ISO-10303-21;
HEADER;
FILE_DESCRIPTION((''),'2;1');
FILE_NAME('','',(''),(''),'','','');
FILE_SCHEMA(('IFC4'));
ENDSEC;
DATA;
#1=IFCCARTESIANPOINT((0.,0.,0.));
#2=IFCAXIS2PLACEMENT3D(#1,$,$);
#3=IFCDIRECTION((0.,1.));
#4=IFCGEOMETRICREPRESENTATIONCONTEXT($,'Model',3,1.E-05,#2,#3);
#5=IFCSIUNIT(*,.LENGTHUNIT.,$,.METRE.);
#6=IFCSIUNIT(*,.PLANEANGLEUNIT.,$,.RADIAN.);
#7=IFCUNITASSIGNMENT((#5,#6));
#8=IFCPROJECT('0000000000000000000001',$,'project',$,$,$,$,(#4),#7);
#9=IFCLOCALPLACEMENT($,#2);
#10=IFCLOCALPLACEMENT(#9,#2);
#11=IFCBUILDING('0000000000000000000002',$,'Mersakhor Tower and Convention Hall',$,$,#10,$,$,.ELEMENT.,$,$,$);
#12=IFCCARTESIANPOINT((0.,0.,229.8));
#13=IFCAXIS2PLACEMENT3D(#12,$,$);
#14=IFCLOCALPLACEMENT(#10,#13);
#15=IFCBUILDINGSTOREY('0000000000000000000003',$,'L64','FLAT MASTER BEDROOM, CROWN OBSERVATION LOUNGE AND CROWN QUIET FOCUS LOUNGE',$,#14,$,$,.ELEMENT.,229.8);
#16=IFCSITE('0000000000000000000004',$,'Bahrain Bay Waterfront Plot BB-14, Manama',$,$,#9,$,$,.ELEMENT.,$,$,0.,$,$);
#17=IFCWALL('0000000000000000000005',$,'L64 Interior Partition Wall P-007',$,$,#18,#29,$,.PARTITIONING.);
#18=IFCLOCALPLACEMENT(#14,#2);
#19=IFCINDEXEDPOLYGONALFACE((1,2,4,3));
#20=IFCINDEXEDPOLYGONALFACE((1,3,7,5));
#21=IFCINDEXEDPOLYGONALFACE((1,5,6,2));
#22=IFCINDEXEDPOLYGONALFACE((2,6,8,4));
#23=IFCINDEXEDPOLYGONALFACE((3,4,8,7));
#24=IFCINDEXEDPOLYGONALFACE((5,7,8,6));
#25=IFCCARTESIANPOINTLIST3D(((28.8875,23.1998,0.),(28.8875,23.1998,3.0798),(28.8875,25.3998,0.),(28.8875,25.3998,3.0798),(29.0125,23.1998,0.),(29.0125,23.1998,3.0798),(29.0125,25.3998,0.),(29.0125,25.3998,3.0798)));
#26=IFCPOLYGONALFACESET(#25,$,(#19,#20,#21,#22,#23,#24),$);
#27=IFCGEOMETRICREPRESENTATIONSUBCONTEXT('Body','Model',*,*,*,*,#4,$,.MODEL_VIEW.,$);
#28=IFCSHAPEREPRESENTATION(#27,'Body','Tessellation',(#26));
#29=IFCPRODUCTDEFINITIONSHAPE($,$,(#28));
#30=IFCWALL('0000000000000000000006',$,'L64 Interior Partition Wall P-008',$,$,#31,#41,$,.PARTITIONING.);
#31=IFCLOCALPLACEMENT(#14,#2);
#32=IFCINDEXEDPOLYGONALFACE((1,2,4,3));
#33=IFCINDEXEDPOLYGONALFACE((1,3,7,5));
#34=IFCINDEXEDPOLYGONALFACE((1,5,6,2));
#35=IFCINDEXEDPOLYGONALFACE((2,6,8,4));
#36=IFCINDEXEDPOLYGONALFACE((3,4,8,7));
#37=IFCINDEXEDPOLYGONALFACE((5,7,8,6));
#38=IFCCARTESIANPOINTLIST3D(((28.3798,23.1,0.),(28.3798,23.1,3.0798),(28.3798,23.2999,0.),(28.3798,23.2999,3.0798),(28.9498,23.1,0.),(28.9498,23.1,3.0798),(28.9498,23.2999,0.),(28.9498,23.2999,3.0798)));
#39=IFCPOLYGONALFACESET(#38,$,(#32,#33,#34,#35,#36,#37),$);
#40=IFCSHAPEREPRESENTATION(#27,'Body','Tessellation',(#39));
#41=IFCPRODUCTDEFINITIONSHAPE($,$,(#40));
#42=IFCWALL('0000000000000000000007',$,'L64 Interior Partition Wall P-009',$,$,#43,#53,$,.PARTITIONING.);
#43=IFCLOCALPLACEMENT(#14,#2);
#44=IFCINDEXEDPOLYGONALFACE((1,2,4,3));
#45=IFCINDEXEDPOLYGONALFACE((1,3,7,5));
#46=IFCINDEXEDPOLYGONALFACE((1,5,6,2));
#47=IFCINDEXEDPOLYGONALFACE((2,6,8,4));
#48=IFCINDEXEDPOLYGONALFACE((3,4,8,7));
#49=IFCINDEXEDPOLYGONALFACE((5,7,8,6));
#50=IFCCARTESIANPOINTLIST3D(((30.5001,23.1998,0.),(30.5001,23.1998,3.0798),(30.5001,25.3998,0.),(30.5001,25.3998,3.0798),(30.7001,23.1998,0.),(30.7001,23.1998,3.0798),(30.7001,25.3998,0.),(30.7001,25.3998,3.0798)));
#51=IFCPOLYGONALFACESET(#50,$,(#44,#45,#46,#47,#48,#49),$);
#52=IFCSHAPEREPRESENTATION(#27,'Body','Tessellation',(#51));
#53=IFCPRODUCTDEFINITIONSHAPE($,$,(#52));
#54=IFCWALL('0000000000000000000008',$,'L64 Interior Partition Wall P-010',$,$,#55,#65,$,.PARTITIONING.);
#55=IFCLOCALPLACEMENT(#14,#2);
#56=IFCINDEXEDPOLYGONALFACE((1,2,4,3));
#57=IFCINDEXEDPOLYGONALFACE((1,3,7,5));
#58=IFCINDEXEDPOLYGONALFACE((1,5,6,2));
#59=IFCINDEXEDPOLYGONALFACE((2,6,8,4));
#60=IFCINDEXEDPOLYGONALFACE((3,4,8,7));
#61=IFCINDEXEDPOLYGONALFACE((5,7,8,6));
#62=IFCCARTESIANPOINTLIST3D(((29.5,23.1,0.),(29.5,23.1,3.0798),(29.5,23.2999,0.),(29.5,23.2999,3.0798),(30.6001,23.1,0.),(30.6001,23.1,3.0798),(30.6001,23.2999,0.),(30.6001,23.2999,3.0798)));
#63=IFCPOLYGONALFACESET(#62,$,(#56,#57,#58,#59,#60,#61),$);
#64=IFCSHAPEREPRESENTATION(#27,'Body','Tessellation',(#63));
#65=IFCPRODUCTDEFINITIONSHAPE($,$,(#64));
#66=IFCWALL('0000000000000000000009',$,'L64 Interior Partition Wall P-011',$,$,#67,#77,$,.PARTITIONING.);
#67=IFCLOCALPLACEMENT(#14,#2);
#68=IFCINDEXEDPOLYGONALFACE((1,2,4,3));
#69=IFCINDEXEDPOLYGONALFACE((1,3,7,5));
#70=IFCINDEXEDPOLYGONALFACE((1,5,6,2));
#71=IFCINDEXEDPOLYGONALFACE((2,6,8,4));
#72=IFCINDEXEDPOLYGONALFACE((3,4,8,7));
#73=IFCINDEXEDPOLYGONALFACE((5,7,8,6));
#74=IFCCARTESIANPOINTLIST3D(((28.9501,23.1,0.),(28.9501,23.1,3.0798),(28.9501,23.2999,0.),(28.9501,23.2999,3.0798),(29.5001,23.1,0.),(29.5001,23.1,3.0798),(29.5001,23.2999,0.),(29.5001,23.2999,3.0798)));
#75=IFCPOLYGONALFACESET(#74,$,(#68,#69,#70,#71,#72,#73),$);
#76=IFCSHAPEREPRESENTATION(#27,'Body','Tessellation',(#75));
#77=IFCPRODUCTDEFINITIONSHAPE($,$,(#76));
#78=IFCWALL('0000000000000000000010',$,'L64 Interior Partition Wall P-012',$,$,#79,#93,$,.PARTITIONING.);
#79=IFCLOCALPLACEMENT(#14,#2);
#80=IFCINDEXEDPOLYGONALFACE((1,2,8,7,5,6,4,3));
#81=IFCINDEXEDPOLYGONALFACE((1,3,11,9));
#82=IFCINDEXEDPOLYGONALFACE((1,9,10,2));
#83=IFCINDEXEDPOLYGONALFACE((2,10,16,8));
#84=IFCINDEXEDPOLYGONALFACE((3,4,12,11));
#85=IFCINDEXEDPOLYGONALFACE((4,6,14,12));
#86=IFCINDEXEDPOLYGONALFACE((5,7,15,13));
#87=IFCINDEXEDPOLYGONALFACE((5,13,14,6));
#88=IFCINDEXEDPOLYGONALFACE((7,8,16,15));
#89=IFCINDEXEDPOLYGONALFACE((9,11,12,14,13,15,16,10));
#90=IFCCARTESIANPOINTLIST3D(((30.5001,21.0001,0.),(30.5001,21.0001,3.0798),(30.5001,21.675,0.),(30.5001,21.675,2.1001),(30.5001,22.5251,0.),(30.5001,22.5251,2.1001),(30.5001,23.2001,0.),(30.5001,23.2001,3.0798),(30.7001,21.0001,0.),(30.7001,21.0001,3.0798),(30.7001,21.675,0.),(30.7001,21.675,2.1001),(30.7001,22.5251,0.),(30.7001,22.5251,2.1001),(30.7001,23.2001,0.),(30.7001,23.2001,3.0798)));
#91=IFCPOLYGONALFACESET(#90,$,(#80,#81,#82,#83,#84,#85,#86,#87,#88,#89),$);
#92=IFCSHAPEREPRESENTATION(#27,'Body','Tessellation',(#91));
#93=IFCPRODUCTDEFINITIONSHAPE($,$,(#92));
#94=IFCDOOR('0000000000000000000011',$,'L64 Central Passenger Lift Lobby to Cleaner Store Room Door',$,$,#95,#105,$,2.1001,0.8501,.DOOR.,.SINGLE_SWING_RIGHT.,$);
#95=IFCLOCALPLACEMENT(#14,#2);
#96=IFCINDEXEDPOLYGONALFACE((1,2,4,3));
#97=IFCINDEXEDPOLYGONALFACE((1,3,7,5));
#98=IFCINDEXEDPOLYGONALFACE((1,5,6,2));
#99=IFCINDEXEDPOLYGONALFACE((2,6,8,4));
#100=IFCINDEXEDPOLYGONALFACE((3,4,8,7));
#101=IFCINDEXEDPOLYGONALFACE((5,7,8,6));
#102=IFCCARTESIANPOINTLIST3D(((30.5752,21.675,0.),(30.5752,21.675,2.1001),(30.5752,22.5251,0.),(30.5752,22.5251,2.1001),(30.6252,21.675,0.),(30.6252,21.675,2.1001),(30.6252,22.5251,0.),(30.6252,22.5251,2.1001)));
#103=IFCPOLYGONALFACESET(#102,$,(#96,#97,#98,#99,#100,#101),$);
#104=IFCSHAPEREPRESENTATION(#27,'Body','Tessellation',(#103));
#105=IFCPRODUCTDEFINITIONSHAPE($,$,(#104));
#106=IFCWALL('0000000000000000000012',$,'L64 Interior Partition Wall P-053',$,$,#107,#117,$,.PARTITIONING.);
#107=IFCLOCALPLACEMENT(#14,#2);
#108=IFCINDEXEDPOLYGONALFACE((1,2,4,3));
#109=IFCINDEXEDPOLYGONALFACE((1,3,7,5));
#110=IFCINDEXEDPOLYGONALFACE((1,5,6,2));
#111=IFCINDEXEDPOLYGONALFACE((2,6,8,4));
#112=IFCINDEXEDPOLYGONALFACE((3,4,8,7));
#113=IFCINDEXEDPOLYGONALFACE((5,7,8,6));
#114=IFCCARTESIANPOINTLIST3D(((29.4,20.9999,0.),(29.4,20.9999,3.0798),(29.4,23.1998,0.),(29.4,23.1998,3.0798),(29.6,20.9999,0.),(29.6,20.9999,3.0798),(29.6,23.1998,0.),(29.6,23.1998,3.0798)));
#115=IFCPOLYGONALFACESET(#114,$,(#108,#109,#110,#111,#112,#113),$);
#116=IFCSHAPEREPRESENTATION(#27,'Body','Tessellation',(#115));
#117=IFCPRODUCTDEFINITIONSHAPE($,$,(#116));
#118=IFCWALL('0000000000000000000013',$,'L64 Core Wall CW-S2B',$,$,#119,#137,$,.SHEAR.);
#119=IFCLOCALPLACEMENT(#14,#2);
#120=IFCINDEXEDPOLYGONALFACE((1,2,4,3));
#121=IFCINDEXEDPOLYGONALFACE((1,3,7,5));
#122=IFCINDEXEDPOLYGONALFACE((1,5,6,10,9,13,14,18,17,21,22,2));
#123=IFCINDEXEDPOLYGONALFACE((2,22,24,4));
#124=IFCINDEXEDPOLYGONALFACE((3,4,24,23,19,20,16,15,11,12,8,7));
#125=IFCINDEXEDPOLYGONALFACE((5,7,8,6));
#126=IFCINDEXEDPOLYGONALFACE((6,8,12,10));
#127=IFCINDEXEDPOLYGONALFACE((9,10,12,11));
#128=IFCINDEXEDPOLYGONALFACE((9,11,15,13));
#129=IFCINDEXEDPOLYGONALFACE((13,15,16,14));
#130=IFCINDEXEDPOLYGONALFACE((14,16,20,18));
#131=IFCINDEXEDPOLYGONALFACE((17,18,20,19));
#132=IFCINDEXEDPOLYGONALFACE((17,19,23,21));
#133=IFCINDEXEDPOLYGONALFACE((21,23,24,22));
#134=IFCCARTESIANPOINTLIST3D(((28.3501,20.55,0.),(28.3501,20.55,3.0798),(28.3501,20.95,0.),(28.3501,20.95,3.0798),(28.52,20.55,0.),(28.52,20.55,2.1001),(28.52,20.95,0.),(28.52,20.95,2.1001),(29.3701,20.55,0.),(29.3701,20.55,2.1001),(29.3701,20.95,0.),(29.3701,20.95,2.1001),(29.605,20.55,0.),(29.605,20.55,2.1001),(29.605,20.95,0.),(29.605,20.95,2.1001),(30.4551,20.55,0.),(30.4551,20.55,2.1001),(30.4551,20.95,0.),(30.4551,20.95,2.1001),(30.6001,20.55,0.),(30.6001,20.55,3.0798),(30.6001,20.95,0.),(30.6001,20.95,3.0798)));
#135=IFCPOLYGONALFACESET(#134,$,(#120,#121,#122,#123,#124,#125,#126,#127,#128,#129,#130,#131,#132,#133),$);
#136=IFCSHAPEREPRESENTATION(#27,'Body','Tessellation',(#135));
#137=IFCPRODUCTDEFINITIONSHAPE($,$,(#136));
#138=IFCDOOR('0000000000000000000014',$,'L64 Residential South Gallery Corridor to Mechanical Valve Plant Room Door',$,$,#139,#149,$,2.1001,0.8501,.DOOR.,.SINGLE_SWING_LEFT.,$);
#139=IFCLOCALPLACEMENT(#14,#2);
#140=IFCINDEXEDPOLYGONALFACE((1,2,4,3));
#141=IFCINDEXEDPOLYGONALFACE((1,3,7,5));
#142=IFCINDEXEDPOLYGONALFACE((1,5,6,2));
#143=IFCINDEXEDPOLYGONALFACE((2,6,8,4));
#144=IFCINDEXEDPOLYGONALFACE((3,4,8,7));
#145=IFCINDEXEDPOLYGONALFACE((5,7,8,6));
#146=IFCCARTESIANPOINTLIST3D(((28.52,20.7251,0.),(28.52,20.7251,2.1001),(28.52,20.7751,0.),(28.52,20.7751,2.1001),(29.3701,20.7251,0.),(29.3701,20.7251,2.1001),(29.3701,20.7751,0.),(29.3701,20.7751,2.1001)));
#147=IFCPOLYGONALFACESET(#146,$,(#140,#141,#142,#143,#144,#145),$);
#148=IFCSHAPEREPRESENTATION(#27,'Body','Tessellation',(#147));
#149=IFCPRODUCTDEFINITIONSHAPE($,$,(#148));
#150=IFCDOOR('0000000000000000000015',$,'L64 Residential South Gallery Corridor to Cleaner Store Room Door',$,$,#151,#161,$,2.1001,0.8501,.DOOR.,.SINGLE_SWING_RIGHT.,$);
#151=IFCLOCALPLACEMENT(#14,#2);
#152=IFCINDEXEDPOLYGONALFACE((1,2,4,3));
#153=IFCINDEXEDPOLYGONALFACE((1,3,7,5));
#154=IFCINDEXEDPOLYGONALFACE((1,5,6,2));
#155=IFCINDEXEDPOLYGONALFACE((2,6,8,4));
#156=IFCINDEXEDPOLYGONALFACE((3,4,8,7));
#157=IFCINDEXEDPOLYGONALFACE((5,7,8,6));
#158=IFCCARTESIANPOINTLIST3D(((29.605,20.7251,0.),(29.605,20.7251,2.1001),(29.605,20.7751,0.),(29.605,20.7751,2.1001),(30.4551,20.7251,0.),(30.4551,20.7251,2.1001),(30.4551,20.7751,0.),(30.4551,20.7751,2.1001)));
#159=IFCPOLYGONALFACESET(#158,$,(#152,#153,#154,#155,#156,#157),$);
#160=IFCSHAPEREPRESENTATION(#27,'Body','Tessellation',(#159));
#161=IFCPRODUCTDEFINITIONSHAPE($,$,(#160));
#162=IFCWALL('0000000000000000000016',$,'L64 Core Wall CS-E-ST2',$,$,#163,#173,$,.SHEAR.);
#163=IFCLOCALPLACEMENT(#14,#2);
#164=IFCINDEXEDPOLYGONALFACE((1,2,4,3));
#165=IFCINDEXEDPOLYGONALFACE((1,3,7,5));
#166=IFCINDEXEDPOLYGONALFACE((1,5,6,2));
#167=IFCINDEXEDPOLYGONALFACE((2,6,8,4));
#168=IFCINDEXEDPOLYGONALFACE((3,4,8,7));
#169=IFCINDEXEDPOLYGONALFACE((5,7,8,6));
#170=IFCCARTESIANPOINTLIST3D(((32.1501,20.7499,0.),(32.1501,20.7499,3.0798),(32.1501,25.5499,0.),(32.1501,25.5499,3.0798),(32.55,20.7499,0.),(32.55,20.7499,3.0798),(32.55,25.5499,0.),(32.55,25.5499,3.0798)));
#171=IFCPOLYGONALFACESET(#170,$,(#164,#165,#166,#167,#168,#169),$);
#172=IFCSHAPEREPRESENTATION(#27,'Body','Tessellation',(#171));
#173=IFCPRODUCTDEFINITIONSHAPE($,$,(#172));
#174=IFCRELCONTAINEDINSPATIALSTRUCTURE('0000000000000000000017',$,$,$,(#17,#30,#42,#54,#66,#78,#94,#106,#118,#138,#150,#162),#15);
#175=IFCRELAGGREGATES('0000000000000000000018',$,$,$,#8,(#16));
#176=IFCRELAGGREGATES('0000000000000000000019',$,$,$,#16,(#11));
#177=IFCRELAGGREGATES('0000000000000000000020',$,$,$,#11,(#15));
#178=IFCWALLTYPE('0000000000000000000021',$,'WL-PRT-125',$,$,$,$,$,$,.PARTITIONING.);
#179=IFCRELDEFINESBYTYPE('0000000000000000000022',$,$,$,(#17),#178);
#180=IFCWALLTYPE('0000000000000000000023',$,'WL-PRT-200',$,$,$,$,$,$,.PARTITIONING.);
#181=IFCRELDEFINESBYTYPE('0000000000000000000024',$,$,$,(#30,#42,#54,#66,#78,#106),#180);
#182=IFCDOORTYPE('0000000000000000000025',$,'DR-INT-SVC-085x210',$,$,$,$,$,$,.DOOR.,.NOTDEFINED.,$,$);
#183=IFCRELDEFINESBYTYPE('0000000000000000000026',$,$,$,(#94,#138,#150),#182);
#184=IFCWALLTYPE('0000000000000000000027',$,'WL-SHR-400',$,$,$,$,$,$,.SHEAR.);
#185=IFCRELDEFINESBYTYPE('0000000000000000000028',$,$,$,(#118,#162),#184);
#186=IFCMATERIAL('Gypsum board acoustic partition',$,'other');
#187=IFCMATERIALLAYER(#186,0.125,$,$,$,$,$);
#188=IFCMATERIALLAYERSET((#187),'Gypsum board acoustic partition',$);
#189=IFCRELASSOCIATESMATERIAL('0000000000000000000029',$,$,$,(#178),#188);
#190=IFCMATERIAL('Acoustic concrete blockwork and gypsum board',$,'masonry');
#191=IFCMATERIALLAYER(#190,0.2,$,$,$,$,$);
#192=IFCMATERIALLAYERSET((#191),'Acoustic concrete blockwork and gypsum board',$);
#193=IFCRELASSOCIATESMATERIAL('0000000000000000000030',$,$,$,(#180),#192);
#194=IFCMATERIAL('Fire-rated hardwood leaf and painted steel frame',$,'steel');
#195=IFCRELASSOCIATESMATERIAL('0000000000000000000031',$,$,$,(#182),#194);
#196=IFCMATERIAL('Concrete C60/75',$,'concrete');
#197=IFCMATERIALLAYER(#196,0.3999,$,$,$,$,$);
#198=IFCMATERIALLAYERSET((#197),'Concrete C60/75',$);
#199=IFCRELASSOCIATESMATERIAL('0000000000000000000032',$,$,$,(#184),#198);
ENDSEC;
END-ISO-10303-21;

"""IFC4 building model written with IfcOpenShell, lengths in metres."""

from ifc_helpers import new_model, si_unit, direction, frame, frame_2d, origin, place, context, subcontext, project, spatial, rectangle, extrude, material, layer, layer_set, type_object, element, fill, save


model = new_model("IFC4")

# Units and contexts
model_context = context("Model", 3, precision=1e-05, world=origin(), true_north=direction((0.0, 1.0)))
body_context = subcontext(model_context, "Body", "Model", "MODEL_VIEW")
ifc_project = project(units=[si_unit("LENGTHUNIT", "METRE"), si_unit("PLANEANGLEUNIT", "RADIAN")], contexts=[model_context])

# Site, building, storey
site_placement = place(None, origin())
site = spatial("IfcSite", under=ifc_project, at=site_placement, Name="Bahrain Bay Waterfront Plot BB-14, Manama", CompositionType="ELEMENT", RefElevation=0.0)
building_placement = place(site_placement, origin())
building = spatial("IfcBuilding", under=site, at=building_placement, Name="Mersakhor Tower and Convention Hall", CompositionType="ELEMENT")
storey_placement = place(building_placement, frame((0.0, 0.0, 229.8)))
storey = spatial("IfcBuildingStorey", under=building, at=storey_placement, Name="L64", Description="FLAT MASTER BEDROOM, CROWN OBSERVATION LOUNGE AND CROWN QUIET FOCUS LOUNGE", CompositionType="ELEMENT", Elevation=229.8)

# Walls
ifc_material_1 = material(Name="Gypsum board acoustic partition", Category="other")
ifc_layer_1 = layer(ifc_material_1, 0.125)
ifc_layer_set_1 = layer_set([ifc_layer_1], Name="Gypsum board acoustic partition")
wall_type_1 = type_object("IfcWallType", Name="WL-PRT-125", PredefinedType="PARTITIONING", material=ifc_layer_set_1)
wall_1_placement = place(storey_placement, frame((28.95, 25.3999, 0.0), z_axis=(0.0, 0.0, 1.0), x_axis=(0.0, -1.0, 0.0)))
element("IfcWall", 1, at=wall_1_placement, inside=storey, type_object=wall_type_1, Name="L64 Interior Partition Wall P-007", PredefinedType="PARTITIONING", context=body_context, shape_type="SweptSolid", body=[
    extrude(rectangle(XDim=2.2, YDim=0.125, at=frame_2d((1.1001, 0.0))), origin(), (0.0, 0.0, 1.0), 3.0798),
])
ifc_material_2 = material(Name="Acoustic concrete blockwork and gypsum board", Category="masonry")
ifc_layer_2 = layer(ifc_material_2, 0.2)
ifc_layer_set_2 = layer_set([ifc_layer_2], Name="Acoustic concrete blockwork and gypsum board")
wall_type_2 = type_object("IfcWallType", Name="WL-PRT-200", PredefinedType="PARTITIONING", material=ifc_layer_set_2)
wall_2_placement = place(storey_placement, frame((28.95, 23.2, 0.0), z_axis=(0.0, 0.0, 1.0), x_axis=(-1.0, 0.0, 0.0)))
element("IfcWall", 2, at=wall_2_placement, inside=storey, type_object=wall_type_2, Name="L64 Interior Partition Wall P-008", PredefinedType="PARTITIONING", context=body_context, shape_type="SweptSolid", body=[
    extrude(rectangle(XDim=0.5701, YDim=0.2, at=frame_2d((0.2852, 0.0))), origin(), (0.0, 0.0, 1.0), 3.0798),
])
wall_3_placement = place(storey_placement, frame((30.6001, 25.3999, 0.0), z_axis=(0.0, 0.0, 1.0), x_axis=(0.0, -1.0, 0.0)))
element("IfcWall", 3, at=wall_3_placement, inside=storey, type_object=wall_type_2, Name="L64 Interior Partition Wall P-009", PredefinedType="PARTITIONING", context=body_context, shape_type="SweptSolid", body=[
    extrude(rectangle(XDim=2.2, YDim=0.2, at=frame_2d((1.1001, 0.0))), origin(), (0.0, 0.0, 1.0), 3.0798),
])
wall_4_placement = place(storey_placement, frame((30.6001, 23.2, 0.0), z_axis=(0.0, 0.0, 1.0), x_axis=(-1.0, 0.0, 0.0)))
element("IfcWall", 4, at=wall_4_placement, inside=storey, type_object=wall_type_2, Name="L64 Interior Partition Wall P-010", PredefinedType="PARTITIONING", context=body_context, shape_type="SweptSolid", body=[
    extrude(rectangle(XDim=1.1001, YDim=0.2, at=frame_2d((0.55, 0.0))), origin(), (0.0, 0.0, 1.0), 3.0798),
])
wall_5_placement = place(storey_placement, frame((29.5, 23.2, 0.0), z_axis=(0.0, 0.0, 1.0), x_axis=(-1.0, 0.0, 0.0)))
element("IfcWall", 5, at=wall_5_placement, inside=storey, type_object=wall_type_2, Name="L64 Interior Partition Wall P-011", PredefinedType="PARTITIONING", context=body_context, shape_type="SweptSolid", body=[
    extrude(rectangle(XDim=0.55, YDim=0.2, at=frame_2d((0.2749, 0.0))), origin(), (0.0, 0.0, 1.0), 3.0798),
])

# Wall, opening, door
wall_6_placement = place(storey_placement, frame((30.6001, 21.0, 0.0), z_axis=(0.0, 0.0, 1.0), x_axis=(0.0, 1.0, 0.0)))
wall_6 = element("IfcWall", 6, at=wall_6_placement, inside=storey, type_object=wall_type_2, Name="L64 Interior Partition Wall P-012", PredefinedType="PARTITIONING", context=body_context, shape_type="SweptSolid", body=[
    extrude(rectangle(XDim=2.2, YDim=0.2, at=frame_2d((1.1001, 0.0))), origin(), (0.0, 0.0, 1.0), 3.0798),
])
opening_1_placement = place(wall_6_placement, frame((0.675, 0.0, 0.0)))
opening_1 = element("IfcOpeningElement", 7, at=opening_1_placement, cuts=wall_6, PredefinedType="OPENING", context=body_context, shape_type="SweptSolid", body=[
    extrude(rectangle(XDim=0.8501, YDim=2.1001, at=frame_2d((0.425, 1.05))), frame((0.0, 0.1099, 0.0), z_axis=(0.0, -1.0, 0.0), x_axis=(1.0, 0.0, 0.0)), (0.0, 0.0, 1.0), 0.22),
])
ifc_material_3 = material(Name="Fire-rated hardwood leaf and painted steel frame", Category="steel")
door_type_1 = type_object("IfcDoorType", Name="DR-INT-SVC-085x210", OperationType="NOTDEFINED", PredefinedType="DOOR", material=ifc_material_3)
door_1_placement = place(opening_1_placement, origin())
door_1 = element("IfcDoor", 8, at=door_1_placement, inside=storey, type_object=door_type_1, Name="L64 Central Passenger Lift Lobby to Cleaner Store Room Door", OperationType="SINGLE_SWING_RIGHT", OverallHeight=2.1001, OverallWidth=0.8501, PredefinedType="DOOR", context=body_context, shape_type="SweptSolid", body=[
    extrude(rectangle(XDim=0.8501, YDim=2.1001, at=frame_2d((0.425, 1.05))), frame((0.0, 0.0249, 0.0), z_axis=(0.0, -1.0, 0.0), x_axis=(1.0, 0.0, 0.0)), (0.0, 0.0, 1.0), 0.05),
])
fill(opening_1, door_1)

# Wall
wall_7_placement = place(storey_placement, frame((29.5, 23.2, 0.0), z_axis=(0.0, 0.0, 1.0), x_axis=(0.0, -1.0, 0.0)))
element("IfcWall", 9, at=wall_7_placement, inside=storey, type_object=wall_type_2, Name="L64 Interior Partition Wall P-053", PredefinedType="PARTITIONING", context=body_context, shape_type="SweptSolid", body=[
    extrude(rectangle(XDim=2.2, YDim=0.2, at=frame_2d((1.1001, 0.0))), origin(), (0.0, 0.0, 1.0), 3.0798),
])

# Shared definitions
ifc_material_4 = material(Name="Concrete C60/75", Category="concrete")
ifc_layer_3 = layer(ifc_material_4, 0.3999)
ifc_layer_set_3 = layer_set([ifc_layer_3], Name="Concrete C60/75")
wall_type_3 = type_object("IfcWallType", Name="WL-SHR-400", PredefinedType="SHEAR", material=ifc_layer_set_3)

# Wall, openings, doors
wall_8_placement = place(storey_placement, frame((30.6001, 20.75, 0.0), z_axis=(0.0, 0.0, 1.0), x_axis=(-1.0, 0.0, 0.0)))
wall_8 = element("IfcWall", 10, at=wall_8_placement, inside=storey, type_object=wall_type_3, Name="L64 Core Wall CW-S2B", PredefinedType="SHEAR", context=body_context, shape_type="SweptSolid", body=[
    extrude(rectangle(XDim=2.25, YDim=0.3999, at=frame_2d((1.125, 0.0))), origin(), (0.0, 0.0, 1.0), 3.0798),
])
opening_2_placement = place(wall_8_placement, frame((1.23, 0.0, 0.0)))
opening_2 = element("IfcOpeningElement", 11, at=opening_2_placement, cuts=wall_8, PredefinedType="OPENING", context=body_context, shape_type="SweptSolid", body=[
    extrude(rectangle(XDim=0.8501, YDim=2.1001, at=frame_2d((0.425, 1.05))), frame((0.0, 0.21, 0.0), z_axis=(0.0, -1.0, 0.0), x_axis=(1.0, 0.0, 0.0)), (0.0, 0.0, 1.0), 0.4199),
])
opening_3_placement = place(wall_8_placement, frame((0.145, 0.0, 0.0)))
opening_3 = element("IfcOpeningElement", 12, at=opening_3_placement, cuts=wall_8, PredefinedType="OPENING", context=body_context, shape_type="SweptSolid", body=[
    extrude(rectangle(XDim=0.8501, YDim=2.1001, at=frame_2d((0.425, 1.05))), frame((0.0, 0.21, 0.0), z_axis=(0.0, -1.0, 0.0), x_axis=(1.0, 0.0, 0.0)), (0.0, 0.0, 1.0), 0.4199),
])
door_2_placement = place(opening_2_placement, origin())
door_2 = element("IfcDoor", 13, at=door_2_placement, inside=storey, type_object=door_type_1, Name="L64 Residential South Gallery Corridor to Mechanical Valve Plant Room Door", OperationType="SINGLE_SWING_LEFT", OverallHeight=2.1001, OverallWidth=0.8501, PredefinedType="DOOR", context=body_context, shape_type="SweptSolid", body=[
    extrude(rectangle(XDim=0.8501, YDim=2.1001, at=frame_2d((0.425, 1.05))), frame((0.0, 0.0249, 0.0), z_axis=(0.0, -1.0, 0.0), x_axis=(1.0, 0.0, 0.0)), (0.0, 0.0, 1.0), 0.05),
])
fill(opening_2, door_2)
door_3_placement = place(opening_3_placement, origin())
door_3 = element("IfcDoor", 14, at=door_3_placement, inside=storey, type_object=door_type_1, Name="L64 Residential South Gallery Corridor to Cleaner Store Room Door", OperationType="SINGLE_SWING_RIGHT", OverallHeight=2.1001, OverallWidth=0.8501, PredefinedType="DOOR", context=body_context, shape_type="SweptSolid", body=[
    extrude(rectangle(XDim=0.8501, YDim=2.1001, at=frame_2d((0.425, 1.05))), frame((0.0, 0.0249, 0.0), z_axis=(0.0, -1.0, 0.0), x_axis=(1.0, 0.0, 0.0)), (0.0, 0.0, 1.0), 0.05),
])
fill(opening_3, door_3)

# Wall
wall_9_placement = place(storey_placement, frame((32.3501, 20.75, 0.0), z_axis=(0.0, 0.0, 1.0), x_axis=(0.0, 1.0, 0.0)))
element("IfcWall", 15, at=wall_9_placement, inside=storey, type_object=wall_type_3, Name="L64 Core Wall CS-E-ST2", PredefinedType="SHEAR", context=body_context, shape_type="SweptSolid", body=[
    extrude(rectangle(XDim=4.8, YDim=0.3999, at=frame_2d((2.3999, 0.0))), origin(), (0.0, 0.0, 1.0), 3.0798),
])

save(model, "model.ifc")
